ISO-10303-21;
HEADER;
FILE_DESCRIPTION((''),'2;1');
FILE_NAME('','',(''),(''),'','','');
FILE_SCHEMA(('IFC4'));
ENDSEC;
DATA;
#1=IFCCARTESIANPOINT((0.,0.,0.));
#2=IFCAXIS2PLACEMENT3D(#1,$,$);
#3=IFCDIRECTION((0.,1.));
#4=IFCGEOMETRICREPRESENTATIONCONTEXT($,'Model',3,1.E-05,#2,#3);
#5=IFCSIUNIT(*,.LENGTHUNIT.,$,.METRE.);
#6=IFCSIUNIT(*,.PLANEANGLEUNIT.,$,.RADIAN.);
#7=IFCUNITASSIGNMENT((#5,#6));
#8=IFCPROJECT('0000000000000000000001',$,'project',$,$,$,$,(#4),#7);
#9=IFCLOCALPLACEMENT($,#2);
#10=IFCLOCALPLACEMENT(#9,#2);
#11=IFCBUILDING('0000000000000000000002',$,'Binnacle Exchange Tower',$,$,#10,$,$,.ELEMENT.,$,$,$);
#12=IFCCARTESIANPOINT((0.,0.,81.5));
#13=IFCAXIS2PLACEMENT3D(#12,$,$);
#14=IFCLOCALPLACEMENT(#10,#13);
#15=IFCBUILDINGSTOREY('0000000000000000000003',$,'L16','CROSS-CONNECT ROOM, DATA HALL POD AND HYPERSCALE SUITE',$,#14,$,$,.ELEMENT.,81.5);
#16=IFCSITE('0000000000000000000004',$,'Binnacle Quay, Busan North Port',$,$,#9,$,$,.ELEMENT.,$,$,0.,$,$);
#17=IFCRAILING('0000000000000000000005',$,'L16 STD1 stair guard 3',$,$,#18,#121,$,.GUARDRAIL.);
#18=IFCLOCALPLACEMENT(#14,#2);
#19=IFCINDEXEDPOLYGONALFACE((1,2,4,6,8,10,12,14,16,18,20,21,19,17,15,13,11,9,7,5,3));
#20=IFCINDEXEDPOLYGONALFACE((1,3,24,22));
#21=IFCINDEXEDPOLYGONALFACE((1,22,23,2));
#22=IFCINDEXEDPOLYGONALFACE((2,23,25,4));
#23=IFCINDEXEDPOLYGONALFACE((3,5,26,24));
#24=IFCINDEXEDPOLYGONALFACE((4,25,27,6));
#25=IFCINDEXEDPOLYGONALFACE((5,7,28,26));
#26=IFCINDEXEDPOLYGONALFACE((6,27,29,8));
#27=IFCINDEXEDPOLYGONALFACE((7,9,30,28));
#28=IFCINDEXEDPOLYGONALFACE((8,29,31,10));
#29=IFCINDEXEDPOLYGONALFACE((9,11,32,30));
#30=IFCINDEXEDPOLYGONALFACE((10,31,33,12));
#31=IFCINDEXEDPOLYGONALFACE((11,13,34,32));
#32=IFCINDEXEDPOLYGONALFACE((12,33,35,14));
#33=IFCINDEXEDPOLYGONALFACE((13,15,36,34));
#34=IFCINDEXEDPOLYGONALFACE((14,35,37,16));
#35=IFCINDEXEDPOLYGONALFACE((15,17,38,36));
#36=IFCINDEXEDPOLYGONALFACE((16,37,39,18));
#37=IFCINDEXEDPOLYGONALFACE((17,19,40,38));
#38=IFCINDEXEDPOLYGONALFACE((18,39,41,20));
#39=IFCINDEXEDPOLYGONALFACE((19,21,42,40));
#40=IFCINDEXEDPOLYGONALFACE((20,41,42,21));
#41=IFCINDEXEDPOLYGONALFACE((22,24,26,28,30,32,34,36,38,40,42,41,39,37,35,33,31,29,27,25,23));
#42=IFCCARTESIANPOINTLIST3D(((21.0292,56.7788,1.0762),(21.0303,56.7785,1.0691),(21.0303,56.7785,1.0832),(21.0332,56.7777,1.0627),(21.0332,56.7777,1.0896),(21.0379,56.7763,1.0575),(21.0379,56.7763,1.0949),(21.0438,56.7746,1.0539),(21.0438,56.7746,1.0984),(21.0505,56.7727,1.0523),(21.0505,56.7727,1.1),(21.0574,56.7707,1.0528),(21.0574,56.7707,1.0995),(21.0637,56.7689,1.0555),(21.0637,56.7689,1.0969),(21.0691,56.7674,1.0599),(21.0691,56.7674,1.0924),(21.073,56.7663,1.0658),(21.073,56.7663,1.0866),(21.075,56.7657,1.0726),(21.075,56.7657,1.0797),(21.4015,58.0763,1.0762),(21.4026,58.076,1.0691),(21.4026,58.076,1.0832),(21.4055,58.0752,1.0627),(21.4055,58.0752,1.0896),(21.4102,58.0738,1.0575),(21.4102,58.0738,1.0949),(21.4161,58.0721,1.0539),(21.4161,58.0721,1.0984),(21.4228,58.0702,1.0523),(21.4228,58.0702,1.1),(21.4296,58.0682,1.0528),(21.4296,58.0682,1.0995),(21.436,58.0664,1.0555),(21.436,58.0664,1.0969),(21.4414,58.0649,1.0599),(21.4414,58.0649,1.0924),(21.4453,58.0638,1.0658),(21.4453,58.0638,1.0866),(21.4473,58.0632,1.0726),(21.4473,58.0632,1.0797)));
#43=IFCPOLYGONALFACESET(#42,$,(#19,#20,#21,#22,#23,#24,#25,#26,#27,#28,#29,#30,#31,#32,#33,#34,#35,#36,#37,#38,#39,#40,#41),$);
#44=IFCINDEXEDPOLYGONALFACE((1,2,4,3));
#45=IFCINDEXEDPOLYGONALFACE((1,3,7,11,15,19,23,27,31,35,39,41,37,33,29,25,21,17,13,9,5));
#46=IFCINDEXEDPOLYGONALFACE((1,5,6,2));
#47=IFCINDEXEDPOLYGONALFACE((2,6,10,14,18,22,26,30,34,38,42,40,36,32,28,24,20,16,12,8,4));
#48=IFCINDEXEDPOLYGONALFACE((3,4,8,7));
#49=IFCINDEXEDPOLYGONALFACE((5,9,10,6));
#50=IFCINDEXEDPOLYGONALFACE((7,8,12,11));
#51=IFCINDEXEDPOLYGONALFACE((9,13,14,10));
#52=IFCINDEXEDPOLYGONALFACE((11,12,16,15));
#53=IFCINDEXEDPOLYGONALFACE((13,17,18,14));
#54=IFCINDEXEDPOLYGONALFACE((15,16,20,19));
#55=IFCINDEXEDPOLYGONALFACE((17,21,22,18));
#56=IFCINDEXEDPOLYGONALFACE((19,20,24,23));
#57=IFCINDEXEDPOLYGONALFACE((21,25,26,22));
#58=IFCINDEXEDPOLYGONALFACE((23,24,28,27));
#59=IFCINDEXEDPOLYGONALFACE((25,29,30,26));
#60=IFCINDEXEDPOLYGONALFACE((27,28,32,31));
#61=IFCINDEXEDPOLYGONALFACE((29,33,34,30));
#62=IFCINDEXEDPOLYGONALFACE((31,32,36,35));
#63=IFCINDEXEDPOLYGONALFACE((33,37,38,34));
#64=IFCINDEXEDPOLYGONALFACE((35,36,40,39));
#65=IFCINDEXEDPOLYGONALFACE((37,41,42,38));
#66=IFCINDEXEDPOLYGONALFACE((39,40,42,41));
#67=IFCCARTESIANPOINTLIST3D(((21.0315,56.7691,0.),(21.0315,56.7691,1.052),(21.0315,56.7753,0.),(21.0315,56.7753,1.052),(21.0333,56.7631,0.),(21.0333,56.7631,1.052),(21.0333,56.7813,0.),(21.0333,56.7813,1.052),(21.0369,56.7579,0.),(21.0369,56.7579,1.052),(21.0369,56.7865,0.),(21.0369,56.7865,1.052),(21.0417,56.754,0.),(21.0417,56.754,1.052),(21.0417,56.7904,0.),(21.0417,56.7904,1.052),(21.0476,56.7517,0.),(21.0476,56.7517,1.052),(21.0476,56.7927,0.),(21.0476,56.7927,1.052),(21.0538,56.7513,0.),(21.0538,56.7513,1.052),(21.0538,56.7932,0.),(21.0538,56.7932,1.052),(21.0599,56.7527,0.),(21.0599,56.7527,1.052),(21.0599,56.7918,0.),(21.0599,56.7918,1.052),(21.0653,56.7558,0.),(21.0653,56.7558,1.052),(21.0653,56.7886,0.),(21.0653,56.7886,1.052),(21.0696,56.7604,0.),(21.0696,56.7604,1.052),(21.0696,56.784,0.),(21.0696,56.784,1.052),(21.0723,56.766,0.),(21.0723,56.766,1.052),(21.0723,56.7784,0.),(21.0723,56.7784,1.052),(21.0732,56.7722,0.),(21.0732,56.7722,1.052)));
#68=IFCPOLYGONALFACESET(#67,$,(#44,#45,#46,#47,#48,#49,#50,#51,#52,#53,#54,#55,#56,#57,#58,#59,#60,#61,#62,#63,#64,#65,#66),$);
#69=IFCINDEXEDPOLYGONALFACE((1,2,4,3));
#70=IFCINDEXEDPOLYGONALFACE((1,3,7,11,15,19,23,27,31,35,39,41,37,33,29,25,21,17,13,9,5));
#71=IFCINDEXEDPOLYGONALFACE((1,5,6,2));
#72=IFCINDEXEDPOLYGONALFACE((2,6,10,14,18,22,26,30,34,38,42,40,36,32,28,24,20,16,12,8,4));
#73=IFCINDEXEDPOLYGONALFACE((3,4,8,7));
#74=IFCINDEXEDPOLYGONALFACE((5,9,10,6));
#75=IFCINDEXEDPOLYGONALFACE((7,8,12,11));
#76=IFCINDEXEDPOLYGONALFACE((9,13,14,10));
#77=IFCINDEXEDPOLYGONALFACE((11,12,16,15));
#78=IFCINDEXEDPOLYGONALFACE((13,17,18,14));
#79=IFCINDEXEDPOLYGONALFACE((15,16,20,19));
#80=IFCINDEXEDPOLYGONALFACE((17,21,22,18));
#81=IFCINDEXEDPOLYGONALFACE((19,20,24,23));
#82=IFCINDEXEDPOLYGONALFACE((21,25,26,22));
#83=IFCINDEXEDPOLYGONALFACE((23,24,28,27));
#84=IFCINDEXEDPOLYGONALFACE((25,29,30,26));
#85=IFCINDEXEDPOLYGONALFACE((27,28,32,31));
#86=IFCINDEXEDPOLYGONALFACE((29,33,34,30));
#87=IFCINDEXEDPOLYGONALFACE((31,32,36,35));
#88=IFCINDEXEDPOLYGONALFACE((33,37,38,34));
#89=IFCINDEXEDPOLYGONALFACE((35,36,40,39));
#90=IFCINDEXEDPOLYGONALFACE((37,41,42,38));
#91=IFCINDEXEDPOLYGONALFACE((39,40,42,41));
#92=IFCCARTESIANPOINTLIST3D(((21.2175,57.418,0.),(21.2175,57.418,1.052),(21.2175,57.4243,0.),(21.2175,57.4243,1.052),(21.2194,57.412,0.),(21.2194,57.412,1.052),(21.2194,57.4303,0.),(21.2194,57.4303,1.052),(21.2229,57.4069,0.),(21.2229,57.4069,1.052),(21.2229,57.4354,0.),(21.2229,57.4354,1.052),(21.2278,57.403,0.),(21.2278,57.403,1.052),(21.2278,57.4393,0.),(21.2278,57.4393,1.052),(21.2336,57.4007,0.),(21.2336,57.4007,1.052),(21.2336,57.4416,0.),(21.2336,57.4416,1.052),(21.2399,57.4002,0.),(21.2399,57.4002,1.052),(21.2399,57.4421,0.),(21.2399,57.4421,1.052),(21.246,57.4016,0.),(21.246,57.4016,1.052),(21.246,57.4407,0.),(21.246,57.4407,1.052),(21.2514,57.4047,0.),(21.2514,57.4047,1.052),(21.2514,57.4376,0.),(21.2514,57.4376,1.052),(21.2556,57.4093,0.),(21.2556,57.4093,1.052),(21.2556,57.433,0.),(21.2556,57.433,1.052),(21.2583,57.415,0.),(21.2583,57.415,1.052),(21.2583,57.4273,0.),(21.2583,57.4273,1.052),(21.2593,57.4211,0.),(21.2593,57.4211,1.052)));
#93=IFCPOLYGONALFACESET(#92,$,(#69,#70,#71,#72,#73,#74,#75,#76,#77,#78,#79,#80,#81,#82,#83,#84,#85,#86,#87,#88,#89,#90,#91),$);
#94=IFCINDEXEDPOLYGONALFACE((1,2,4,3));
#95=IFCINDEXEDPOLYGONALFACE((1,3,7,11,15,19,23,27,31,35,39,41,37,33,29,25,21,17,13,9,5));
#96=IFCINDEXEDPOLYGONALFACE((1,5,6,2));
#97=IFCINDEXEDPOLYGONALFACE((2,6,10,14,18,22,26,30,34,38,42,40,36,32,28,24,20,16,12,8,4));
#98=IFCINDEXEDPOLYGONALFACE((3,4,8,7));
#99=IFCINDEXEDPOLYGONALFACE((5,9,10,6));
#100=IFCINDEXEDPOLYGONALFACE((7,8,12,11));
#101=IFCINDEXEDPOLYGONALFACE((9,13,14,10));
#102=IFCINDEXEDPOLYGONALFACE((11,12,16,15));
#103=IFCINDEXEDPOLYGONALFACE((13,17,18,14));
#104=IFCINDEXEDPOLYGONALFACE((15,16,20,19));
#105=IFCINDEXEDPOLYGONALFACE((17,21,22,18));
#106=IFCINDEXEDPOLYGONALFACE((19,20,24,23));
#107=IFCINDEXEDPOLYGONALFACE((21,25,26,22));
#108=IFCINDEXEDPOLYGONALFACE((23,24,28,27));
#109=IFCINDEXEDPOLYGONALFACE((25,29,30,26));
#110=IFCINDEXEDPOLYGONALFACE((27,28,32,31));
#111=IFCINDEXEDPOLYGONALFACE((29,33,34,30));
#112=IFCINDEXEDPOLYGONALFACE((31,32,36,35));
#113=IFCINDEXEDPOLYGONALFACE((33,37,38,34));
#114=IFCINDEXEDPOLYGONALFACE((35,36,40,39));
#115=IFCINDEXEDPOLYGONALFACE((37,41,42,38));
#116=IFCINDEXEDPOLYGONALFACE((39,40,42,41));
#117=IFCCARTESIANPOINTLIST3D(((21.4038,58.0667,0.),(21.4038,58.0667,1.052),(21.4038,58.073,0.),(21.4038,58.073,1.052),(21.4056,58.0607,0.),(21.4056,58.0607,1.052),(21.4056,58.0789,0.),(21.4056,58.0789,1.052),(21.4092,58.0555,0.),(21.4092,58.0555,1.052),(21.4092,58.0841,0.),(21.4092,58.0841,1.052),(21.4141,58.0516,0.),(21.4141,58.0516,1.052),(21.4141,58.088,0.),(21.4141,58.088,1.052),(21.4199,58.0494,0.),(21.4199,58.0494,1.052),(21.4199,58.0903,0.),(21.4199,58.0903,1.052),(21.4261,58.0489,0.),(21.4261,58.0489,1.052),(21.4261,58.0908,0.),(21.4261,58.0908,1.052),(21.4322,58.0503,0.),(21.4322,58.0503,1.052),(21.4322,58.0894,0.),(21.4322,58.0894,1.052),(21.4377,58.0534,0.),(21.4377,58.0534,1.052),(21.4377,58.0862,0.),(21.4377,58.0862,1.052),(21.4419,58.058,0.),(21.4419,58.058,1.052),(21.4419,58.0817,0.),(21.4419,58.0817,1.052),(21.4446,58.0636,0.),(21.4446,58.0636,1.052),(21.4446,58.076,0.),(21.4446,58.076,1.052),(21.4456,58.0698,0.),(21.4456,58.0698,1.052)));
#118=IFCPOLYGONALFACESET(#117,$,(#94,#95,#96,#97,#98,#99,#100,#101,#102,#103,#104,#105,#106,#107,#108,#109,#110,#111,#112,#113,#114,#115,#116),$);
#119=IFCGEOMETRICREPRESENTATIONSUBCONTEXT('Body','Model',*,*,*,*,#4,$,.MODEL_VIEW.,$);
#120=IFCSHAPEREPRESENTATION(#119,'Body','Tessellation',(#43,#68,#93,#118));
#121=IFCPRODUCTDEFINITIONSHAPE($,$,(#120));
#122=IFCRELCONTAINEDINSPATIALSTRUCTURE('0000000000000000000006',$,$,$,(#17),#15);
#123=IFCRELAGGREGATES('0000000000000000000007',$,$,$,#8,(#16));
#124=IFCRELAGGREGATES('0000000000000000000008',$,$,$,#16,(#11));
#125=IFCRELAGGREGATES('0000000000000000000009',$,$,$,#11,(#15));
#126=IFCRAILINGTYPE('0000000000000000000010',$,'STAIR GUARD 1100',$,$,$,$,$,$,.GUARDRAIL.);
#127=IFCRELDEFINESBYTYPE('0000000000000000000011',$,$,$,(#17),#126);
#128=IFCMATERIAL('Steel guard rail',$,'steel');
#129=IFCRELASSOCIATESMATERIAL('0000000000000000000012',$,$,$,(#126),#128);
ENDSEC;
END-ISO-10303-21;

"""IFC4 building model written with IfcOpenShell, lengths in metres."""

from ifc_helpers import new_model, si_unit, direction, frame, origin, origin_2d, place, context, subcontext, project, spatial, circle, extrude, material, type_object, element, save


model = new_model("IFC4")

# Units and contexts
model_context = context("Model", 3, precision=1e-05, world=origin(), true_north=direction((0.0, 1.0)))
body_context = subcontext(model_context, "Body", "Model", "MODEL_VIEW")
ifc_project = project(units=[si_unit("LENGTHUNIT", "METRE"), si_unit("PLANEANGLEUNIT", "RADIAN")], contexts=[model_context])

# Site, building, storey
site_placement = place(None, origin())
site = spatial("IfcSite", under=ifc_project, at=site_placement, Name="Binnacle Quay, Busan North Port", CompositionType="ELEMENT", RefElevation=0.0)
building_placement = place(site_placement, origin())
building = spatial("IfcBuilding", under=site, at=building_placement, Name="Binnacle Exchange Tower", CompositionType="ELEMENT")
storey_placement = place(building_placement, frame((0.0, 0.0, 81.5)))
storey = spatial("IfcBuildingStorey", under=building, at=storey_placement, Name="L16", Description="CROSS-CONNECT ROOM, DATA HALL POD AND HYPERSCALE SUITE", CompositionType="ELEMENT", Elevation=81.5)

# Railing
ifc_material_1 = material(Name="Steel guard rail", Category="steel")
railing_type_1 = type_object("IfcRailingType", Name="STAIR GUARD 1100", PredefinedType="GUARDRAIL", material=ifc_material_1)
railing_1_placement = place(storey_placement, frame((21.0522, 56.7722, 0.0)))
element("IfcRailing", 1, at=railing_1_placement, inside=storey, type_object=railing_type_1, Name="L16 STD1 stair guard 3", PredefinedType="GUARDRAIL", context=body_context, shape_type="SweptSolid", body=[
    extrude(circle(Radius=0.0239, at=origin_2d()), frame((0.0, 0.0, 1.0762), z_axis=(0.275796, 0.961216, 0.0), x_axis=(-0.961216, 0.275796, 0.0)), (0.0, 0.0, 1.0), 1.3499),
    extrude(circle(Radius=0.021, at=origin_2d()), origin(), (0.0, 0.0, 1.0), 1.052),
    extrude(circle(Radius=0.021, at=origin_2d()), frame((0.186, 0.6489, 0.0)), (0.0, 0.0, 1.0), 1.052),
    extrude(circle(Radius=0.021, at=origin_2d()), frame((0.3723, 1.2976, 0.0)), (0.0, 0.0, 1.0), 1.052),
])

save(model, "model.ifc")
